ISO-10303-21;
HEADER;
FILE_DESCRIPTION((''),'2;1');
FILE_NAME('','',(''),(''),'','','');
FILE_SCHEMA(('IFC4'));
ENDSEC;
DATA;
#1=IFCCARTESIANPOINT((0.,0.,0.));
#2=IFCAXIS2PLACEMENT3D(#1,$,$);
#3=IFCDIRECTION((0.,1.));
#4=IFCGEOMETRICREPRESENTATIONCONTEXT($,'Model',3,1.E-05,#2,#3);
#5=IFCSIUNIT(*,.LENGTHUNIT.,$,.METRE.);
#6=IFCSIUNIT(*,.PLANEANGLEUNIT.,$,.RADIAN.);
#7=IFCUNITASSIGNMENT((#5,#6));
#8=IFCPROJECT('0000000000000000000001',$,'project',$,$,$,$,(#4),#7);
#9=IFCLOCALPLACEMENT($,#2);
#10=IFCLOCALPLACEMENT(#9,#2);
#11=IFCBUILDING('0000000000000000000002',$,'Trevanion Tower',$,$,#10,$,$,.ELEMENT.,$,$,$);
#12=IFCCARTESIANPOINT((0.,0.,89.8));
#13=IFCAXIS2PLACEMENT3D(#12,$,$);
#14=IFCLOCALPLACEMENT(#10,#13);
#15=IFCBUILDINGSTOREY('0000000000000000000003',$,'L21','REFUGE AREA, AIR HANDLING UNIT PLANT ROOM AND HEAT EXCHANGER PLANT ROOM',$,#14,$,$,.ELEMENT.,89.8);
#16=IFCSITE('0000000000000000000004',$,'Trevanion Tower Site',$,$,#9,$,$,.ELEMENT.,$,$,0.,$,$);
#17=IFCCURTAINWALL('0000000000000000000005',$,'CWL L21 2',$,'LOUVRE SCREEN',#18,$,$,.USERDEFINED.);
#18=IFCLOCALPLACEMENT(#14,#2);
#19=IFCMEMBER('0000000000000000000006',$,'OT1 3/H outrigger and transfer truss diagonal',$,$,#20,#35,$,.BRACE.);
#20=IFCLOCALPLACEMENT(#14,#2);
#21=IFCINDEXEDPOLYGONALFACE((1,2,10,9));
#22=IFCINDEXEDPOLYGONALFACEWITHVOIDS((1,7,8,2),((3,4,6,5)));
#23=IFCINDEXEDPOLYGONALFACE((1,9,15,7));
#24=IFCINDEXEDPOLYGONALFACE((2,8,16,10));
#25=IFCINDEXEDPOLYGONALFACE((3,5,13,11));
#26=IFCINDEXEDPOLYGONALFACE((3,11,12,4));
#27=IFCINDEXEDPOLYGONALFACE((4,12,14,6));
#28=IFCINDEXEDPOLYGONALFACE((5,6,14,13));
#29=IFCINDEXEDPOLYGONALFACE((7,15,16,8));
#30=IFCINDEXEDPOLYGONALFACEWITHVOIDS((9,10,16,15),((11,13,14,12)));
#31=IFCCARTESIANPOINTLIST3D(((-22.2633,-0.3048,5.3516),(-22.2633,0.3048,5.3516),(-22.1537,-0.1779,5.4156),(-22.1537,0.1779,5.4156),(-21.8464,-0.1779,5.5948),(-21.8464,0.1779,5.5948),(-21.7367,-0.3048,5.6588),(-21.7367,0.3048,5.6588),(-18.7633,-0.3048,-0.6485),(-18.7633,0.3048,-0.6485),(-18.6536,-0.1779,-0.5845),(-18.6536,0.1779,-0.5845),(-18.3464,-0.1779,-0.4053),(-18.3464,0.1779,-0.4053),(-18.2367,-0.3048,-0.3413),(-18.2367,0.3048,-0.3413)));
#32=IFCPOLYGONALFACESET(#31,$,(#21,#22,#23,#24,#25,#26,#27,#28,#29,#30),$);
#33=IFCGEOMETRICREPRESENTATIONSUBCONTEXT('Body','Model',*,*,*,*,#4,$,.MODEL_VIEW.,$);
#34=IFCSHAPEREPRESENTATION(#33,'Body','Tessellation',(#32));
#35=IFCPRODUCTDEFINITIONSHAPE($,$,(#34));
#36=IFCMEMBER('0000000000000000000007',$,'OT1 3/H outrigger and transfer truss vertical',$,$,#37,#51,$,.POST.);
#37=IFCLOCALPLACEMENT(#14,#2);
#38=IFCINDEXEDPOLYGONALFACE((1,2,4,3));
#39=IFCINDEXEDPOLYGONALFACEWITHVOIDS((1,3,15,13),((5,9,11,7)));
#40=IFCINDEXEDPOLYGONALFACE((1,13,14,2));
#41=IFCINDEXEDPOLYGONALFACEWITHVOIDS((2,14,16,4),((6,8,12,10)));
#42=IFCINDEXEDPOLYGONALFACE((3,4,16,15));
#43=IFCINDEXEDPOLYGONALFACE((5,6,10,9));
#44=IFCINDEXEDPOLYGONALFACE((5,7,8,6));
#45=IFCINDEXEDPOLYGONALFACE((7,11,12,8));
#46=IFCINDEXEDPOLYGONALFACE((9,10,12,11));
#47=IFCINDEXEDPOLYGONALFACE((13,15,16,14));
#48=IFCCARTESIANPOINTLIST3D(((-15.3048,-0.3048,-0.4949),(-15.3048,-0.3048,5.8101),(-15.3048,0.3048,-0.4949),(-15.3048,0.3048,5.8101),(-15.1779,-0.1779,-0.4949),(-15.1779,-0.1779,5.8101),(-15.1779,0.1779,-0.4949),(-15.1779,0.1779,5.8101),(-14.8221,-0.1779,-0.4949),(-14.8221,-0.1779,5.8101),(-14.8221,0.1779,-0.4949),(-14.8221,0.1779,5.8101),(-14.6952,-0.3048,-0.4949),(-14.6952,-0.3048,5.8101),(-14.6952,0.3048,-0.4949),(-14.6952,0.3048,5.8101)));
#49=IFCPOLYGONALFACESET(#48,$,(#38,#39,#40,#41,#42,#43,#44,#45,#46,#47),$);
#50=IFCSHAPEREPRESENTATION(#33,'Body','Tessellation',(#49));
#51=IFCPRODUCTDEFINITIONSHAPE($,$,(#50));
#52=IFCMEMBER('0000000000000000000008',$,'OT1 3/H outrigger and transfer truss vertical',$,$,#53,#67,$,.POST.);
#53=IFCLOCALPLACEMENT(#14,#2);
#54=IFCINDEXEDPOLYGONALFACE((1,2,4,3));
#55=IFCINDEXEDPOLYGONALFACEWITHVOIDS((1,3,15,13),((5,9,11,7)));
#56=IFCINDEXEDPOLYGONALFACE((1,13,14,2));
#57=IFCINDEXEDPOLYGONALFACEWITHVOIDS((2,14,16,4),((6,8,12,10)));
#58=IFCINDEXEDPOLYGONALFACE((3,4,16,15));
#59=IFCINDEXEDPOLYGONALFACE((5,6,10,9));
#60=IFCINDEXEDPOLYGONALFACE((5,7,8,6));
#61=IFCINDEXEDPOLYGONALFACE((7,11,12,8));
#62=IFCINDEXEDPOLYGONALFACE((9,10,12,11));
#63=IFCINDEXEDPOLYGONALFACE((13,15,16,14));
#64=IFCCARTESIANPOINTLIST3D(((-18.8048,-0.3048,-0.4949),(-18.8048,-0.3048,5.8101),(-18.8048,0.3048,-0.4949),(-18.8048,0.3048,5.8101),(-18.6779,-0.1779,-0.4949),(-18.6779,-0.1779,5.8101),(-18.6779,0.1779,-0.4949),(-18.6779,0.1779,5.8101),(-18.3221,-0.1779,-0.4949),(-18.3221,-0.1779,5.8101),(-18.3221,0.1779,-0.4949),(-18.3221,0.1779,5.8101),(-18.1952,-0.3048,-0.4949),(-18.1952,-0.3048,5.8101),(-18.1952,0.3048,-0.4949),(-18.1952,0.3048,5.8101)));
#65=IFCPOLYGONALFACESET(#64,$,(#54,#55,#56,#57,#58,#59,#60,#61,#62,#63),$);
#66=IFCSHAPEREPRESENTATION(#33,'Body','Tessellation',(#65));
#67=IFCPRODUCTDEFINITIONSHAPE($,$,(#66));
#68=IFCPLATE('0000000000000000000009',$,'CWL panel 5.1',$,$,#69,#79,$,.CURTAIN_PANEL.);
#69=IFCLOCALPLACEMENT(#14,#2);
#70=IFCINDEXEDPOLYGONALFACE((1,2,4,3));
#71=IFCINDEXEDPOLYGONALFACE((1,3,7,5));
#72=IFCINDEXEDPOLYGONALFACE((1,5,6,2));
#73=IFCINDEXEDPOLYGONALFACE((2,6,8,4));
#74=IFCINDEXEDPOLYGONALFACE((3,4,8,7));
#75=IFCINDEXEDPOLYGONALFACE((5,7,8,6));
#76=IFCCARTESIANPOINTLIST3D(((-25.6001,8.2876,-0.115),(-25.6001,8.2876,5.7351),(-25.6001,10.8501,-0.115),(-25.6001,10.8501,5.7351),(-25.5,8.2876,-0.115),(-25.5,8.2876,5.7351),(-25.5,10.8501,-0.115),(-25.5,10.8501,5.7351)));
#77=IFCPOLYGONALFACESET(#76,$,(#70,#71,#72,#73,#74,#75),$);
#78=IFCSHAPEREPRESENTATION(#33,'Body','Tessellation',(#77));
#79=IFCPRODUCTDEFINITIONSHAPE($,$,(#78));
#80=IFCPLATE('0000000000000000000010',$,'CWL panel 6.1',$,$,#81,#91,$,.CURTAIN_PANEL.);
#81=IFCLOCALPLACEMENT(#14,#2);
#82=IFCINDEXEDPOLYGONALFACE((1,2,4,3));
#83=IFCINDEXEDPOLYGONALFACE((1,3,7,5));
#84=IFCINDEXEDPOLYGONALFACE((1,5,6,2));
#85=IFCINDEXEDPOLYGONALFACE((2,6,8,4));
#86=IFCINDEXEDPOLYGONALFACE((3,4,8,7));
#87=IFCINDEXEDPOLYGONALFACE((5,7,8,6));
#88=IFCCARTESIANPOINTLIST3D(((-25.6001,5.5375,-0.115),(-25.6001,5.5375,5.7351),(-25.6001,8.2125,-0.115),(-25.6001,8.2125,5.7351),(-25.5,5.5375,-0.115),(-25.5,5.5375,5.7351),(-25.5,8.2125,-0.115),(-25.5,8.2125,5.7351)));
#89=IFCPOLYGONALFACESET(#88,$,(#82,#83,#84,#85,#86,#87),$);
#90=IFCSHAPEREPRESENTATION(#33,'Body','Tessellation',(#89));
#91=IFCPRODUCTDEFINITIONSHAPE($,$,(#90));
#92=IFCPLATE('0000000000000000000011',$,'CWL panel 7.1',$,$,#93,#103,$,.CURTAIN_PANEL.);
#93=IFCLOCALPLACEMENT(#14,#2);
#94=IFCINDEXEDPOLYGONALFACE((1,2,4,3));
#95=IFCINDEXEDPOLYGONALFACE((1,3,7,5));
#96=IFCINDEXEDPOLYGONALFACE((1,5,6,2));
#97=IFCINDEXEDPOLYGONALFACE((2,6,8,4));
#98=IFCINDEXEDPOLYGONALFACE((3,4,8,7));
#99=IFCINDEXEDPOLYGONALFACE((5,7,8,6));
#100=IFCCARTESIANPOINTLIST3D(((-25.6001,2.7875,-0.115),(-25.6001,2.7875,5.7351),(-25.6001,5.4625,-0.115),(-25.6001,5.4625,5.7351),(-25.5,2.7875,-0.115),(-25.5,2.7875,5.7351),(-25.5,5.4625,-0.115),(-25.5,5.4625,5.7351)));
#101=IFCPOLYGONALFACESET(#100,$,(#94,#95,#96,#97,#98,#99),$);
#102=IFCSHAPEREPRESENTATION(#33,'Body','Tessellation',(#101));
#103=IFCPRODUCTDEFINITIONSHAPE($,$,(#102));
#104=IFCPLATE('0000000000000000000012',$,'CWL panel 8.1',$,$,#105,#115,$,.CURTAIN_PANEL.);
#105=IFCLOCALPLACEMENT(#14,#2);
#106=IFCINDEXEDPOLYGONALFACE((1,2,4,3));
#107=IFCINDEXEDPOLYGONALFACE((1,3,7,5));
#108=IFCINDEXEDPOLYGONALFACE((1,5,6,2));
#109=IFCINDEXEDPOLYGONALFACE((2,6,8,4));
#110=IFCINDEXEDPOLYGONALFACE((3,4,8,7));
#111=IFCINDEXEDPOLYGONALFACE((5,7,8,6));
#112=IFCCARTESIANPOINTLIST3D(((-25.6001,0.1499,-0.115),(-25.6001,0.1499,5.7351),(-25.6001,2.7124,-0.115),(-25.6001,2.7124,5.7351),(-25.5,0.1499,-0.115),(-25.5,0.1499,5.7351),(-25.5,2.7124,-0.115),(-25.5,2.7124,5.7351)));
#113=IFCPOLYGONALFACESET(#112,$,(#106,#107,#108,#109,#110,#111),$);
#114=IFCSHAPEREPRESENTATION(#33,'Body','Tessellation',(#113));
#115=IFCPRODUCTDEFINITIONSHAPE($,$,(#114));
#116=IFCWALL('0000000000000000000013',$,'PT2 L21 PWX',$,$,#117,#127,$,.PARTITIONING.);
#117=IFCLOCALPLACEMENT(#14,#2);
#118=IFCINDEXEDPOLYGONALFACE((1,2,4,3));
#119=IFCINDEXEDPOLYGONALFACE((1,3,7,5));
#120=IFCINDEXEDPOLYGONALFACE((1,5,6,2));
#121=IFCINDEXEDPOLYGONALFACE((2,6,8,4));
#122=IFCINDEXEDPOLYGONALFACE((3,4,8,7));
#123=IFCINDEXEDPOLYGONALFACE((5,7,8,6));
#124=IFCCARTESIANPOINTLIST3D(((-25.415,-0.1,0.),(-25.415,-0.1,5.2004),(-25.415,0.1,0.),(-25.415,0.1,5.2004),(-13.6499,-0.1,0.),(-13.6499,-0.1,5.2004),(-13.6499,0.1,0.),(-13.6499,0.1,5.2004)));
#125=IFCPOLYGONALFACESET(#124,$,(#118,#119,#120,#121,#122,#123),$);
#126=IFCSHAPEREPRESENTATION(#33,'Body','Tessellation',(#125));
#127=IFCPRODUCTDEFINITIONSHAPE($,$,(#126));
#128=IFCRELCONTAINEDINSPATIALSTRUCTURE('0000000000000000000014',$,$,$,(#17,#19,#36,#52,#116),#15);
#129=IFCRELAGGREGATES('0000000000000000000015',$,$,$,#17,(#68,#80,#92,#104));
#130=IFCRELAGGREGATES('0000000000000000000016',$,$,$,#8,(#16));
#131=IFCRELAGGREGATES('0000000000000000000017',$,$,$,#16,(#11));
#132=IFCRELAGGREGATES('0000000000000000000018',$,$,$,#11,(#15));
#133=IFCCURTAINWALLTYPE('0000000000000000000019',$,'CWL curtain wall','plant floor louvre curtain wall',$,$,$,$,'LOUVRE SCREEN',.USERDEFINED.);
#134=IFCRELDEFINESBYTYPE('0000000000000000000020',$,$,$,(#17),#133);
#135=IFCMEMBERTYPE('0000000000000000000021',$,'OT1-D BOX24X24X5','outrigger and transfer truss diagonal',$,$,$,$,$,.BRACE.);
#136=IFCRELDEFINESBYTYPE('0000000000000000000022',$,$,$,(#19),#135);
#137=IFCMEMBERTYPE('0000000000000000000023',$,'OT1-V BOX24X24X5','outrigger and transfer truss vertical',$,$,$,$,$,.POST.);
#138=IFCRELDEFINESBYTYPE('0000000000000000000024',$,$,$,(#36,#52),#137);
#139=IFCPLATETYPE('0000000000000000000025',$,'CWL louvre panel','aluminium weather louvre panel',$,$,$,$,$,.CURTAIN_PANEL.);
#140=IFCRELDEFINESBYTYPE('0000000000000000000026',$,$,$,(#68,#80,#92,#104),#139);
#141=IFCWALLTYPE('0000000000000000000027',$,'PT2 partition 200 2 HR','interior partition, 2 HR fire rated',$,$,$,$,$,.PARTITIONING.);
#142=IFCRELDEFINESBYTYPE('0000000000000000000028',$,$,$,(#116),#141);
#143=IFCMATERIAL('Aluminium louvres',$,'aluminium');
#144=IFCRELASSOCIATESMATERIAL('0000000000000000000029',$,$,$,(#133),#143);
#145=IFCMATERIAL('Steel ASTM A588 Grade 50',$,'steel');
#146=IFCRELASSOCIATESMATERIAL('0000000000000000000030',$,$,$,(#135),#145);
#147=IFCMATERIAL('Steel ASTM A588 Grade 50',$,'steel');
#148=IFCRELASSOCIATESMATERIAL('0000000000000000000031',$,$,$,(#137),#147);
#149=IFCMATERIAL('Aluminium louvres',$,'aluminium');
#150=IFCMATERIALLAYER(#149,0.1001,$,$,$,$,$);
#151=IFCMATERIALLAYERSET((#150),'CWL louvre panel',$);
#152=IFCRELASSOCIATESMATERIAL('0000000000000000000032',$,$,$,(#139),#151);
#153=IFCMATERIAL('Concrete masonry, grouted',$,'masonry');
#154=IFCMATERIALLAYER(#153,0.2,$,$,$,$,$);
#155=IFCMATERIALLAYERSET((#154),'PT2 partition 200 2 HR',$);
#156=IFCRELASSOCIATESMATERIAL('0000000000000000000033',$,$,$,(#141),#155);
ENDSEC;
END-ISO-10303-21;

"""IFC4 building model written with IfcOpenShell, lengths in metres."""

from ifc_helpers import new_model, si_unit, direction, frame, frame_2d, origin, origin_2d, place, context, subcontext, project, spatial, rectangle, hollow_rectangle, extrude, material, layer, layer_set, material_profile, profile_set, type_object, element, aggregate, save


model = new_model("IFC4")

# Units and contexts
model_context = context("Model", 3, precision=1e-05, world=origin(), true_north=direction((0.0, 1.0)))
body_context = subcontext(model_context, "Body", "Model", "MODEL_VIEW")
ifc_project = project(units=[si_unit("LENGTHUNIT", "METRE"), si_unit("PLANEANGLEUNIT", "RADIAN")], contexts=[model_context])

# Site, building, storey
site_placement = place(None, origin())
site = spatial("IfcSite", under=ifc_project, at=site_placement, Name="Trevanion Tower Site", CompositionType="ELEMENT", RefElevation=0.0)
building_placement = place(site_placement, origin())
building = spatial("IfcBuilding", under=site, at=building_placement, Name="Trevanion Tower", CompositionType="ELEMENT")
storey_placement = place(building_placement, frame((0.0, 0.0, 89.8)))
storey = spatial("IfcBuildingStorey", under=building, at=storey_placement, Name="L21", Description="REFUGE AREA, AIR HANDLING UNIT PLANT ROOM AND HEAT EXCHANGER PLANT ROOM", CompositionType="ELEMENT", Elevation=89.8)

# Curtain wall
ifc_material_1 = material(Name="Aluminium louvres", Category="aluminium")
curtain_wall_type = type_object("IfcCurtainWallType", Name="CWL curtain wall", Description="plant floor louvre curtain wall", ElementType="LOUVRE SCREEN", PredefinedType="USERDEFINED", material=ifc_material_1)
curtain_wall_placement = place(storey_placement, origin())
curtain_wall = element("IfcCurtainWall", 1, at=curtain_wall_placement, inside=storey, type_object=curtain_wall_type, Name="CWL L21 2", ObjectType="LOUVRE SCREEN", PredefinedType="USERDEFINED")

# Members
ifc_material_2 = material(Name="Steel ASTM A588 Grade 50", Category="steel")
ifc_material_profile_1 = material_profile(ifc_material_2, hollow_rectangle(XDim=0.6096, YDim=0.6096, WallThickness=0.127, at=origin_2d()), Name="BOX24X24X5")
ifc_profile_set_1 = profile_set([ifc_material_profile_1], Name="Steel ASTM A588 Grade 50")
member_type_1 = type_object("IfcMemberType", Name="OT1-D BOX24X24X5", Description="outrigger and transfer truss diagonal", PredefinedType="BRACE", material=ifc_profile_set_1)
for number, where, z_axis, x_axis, name in (
    (2, (-18.5, 0.0, -0.4949), (-0.503871, 0.0, 0.863779), (0.0, -1.0, 0.0), "OT1 3/H outrigger and transfer truss diagonal"),
):
    element("IfcMember", number, at=place(storey_placement, frame(where, z_axis=z_axis, x_axis=x_axis)), inside=storey, type_object=member_type_1, Name=name, PredefinedType="BRACE", context=body_context, shape_type="SweptSolid", body=[
        extrude(hollow_rectangle(XDim=0.6096, YDim=0.6096, WallThickness=0.127, at=origin_2d()), origin(), (0.0, 0.0, 1.0), 6.9463),
    ])
ifc_material_3 = material(Name="Steel ASTM A588 Grade 50", Category="steel")
ifc_material_profile_2 = material_profile(ifc_material_3, hollow_rectangle(XDim=0.6096, YDim=0.6096, WallThickness=0.127, at=origin_2d()), Name="BOX24X24X5")
ifc_profile_set_2 = profile_set([ifc_material_profile_2], Name="Steel ASTM A588 Grade 50")
member_type_2 = type_object("IfcMemberType", Name="OT1-V BOX24X24X5", Description="outrigger and transfer truss vertical", PredefinedType="POST", material=ifc_profile_set_2)
for number, where, z_axis, x_axis, name in (
    (3, (-15.0, 0.0, -0.4949), (0.0, 0.0, 1.0), (1.0, 0.0, 0.0), "OT1 3/H outrigger and transfer truss vertical"),
    (4, (-18.5, 0.0, -0.4949), (0.0, 0.0, 1.0), (1.0, 0.0, 0.0), "OT1 3/H outrigger and transfer truss vertical"),
):
    element("IfcMember", number, at=place(storey_placement, frame(where, z_axis=z_axis, x_axis=x_axis)), inside=storey, type_object=member_type_2, Name=name, PredefinedType="POST", context=body_context, shape_type="SweptSolid", body=[
        extrude(hollow_rectangle(XDim=0.6096, YDim=0.6096, WallThickness=0.127, at=origin_2d()), origin(), (0.0, 0.0, 1.0), 6.3049),
    ])

# Plates
ifc_material_4 = material(Name="Aluminium louvres", Category="aluminium")
ifc_layer_1 = layer(ifc_material_4, 0.1001)
ifc_layer_set_1 = layer_set([ifc_layer_1], Name="CWL louvre panel")
plate_type = type_object("IfcPlateType", Name="CWL louvre panel", Description="aluminium weather louvre panel", PredefinedType="CURTAIN_PANEL", material=ifc_layer_set_1)
plate_1_placement = place(storey_placement, frame((-25.55, 9.5688, -0.115), z_axis=(0.0, 0.0, 1.0), x_axis=(0.0, -1.0, 0.0)))
plate_1 = element("IfcPlate", 5, at=plate_1_placement, type_object=plate_type, Name="CWL panel 5.1", PredefinedType="CURTAIN_PANEL", context=body_context, shape_type="SweptSolid", body=[
    extrude(rectangle(XDim=2.5625, YDim=0.1001, at=origin_2d()), origin(), (0.0, 0.0, 1.0), 5.8501),
])
plate_2_placement = place(storey_placement, frame((-25.55, 6.875, -0.115), z_axis=(0.0, 0.0, 1.0), x_axis=(0.0, -1.0, 0.0)))
plate_2 = element("IfcPlate", 6, at=plate_2_placement, type_object=plate_type, Name="CWL panel 6.1", PredefinedType="CURTAIN_PANEL", context=body_context, shape_type="SweptSolid", body=[
    extrude(rectangle(XDim=2.675, YDim=0.1001, at=origin_2d()), origin(), (0.0, 0.0, 1.0), 5.8501),
])
plate_3_placement = place(storey_placement, frame((-25.55, 4.125, -0.115), z_axis=(0.0, 0.0, 1.0), x_axis=(0.0, -1.0, 0.0)))
plate_3 = element("IfcPlate", 7, at=plate_3_placement, type_object=plate_type, Name="CWL panel 7.1", PredefinedType="CURTAIN_PANEL", context=body_context, shape_type="SweptSolid", body=[
    extrude(rectangle(XDim=2.675, YDim=0.1001, at=origin_2d()), origin(), (0.0, 0.0, 1.0), 5.8501),
])
plate_4_placement = place(storey_placement, frame((-25.55, 1.4312, -0.115), z_axis=(0.0, 0.0, 1.0), x_axis=(0.0, -1.0, 0.0)))
plate_4 = element("IfcPlate", 8, at=plate_4_placement, type_object=plate_type, Name="CWL panel 8.1", PredefinedType="CURTAIN_PANEL", context=body_context, shape_type="SweptSolid", body=[
    extrude(rectangle(XDim=2.5625, YDim=0.1001, at=origin_2d()), origin(), (0.0, 0.0, 1.0), 5.8501),
])
aggregate(curtain_wall, [plate_1, plate_2, plate_3, plate_4])

# Wall
ifc_material_5 = material(Name="Concrete masonry, grouted", Category="masonry")
ifc_layer_2 = layer(ifc_material_5, 0.2)
ifc_layer_set_2 = layer_set([ifc_layer_2], Name="PT2 partition 200 2 HR")
wall_type = type_object("IfcWallType", Name="PT2 partition 200 2 HR", Description="interior partition, 2 HR fire rated", PredefinedType="PARTITIONING", material=ifc_layer_set_2)
wall_placement = place(storey_placement, frame((-13.6499, 0.0, 0.0), z_axis=(0.0, 0.0, 1.0), x_axis=(-1.0, 0.0, 0.0)))
element("IfcWall", 9, at=wall_placement, inside=storey, type_object=wall_type, Name="PT2 L21 PWX", PredefinedType="PARTITIONING", context=body_context, shape_type="SweptSolid", body=[
    extrude(rectangle(XDim=11.7651, YDim=0.2, at=frame_2d((5.8826, 0.0))), origin(), (0.0, 0.0, 1.0), 5.2004),
])

save(model, "model.ifc")
